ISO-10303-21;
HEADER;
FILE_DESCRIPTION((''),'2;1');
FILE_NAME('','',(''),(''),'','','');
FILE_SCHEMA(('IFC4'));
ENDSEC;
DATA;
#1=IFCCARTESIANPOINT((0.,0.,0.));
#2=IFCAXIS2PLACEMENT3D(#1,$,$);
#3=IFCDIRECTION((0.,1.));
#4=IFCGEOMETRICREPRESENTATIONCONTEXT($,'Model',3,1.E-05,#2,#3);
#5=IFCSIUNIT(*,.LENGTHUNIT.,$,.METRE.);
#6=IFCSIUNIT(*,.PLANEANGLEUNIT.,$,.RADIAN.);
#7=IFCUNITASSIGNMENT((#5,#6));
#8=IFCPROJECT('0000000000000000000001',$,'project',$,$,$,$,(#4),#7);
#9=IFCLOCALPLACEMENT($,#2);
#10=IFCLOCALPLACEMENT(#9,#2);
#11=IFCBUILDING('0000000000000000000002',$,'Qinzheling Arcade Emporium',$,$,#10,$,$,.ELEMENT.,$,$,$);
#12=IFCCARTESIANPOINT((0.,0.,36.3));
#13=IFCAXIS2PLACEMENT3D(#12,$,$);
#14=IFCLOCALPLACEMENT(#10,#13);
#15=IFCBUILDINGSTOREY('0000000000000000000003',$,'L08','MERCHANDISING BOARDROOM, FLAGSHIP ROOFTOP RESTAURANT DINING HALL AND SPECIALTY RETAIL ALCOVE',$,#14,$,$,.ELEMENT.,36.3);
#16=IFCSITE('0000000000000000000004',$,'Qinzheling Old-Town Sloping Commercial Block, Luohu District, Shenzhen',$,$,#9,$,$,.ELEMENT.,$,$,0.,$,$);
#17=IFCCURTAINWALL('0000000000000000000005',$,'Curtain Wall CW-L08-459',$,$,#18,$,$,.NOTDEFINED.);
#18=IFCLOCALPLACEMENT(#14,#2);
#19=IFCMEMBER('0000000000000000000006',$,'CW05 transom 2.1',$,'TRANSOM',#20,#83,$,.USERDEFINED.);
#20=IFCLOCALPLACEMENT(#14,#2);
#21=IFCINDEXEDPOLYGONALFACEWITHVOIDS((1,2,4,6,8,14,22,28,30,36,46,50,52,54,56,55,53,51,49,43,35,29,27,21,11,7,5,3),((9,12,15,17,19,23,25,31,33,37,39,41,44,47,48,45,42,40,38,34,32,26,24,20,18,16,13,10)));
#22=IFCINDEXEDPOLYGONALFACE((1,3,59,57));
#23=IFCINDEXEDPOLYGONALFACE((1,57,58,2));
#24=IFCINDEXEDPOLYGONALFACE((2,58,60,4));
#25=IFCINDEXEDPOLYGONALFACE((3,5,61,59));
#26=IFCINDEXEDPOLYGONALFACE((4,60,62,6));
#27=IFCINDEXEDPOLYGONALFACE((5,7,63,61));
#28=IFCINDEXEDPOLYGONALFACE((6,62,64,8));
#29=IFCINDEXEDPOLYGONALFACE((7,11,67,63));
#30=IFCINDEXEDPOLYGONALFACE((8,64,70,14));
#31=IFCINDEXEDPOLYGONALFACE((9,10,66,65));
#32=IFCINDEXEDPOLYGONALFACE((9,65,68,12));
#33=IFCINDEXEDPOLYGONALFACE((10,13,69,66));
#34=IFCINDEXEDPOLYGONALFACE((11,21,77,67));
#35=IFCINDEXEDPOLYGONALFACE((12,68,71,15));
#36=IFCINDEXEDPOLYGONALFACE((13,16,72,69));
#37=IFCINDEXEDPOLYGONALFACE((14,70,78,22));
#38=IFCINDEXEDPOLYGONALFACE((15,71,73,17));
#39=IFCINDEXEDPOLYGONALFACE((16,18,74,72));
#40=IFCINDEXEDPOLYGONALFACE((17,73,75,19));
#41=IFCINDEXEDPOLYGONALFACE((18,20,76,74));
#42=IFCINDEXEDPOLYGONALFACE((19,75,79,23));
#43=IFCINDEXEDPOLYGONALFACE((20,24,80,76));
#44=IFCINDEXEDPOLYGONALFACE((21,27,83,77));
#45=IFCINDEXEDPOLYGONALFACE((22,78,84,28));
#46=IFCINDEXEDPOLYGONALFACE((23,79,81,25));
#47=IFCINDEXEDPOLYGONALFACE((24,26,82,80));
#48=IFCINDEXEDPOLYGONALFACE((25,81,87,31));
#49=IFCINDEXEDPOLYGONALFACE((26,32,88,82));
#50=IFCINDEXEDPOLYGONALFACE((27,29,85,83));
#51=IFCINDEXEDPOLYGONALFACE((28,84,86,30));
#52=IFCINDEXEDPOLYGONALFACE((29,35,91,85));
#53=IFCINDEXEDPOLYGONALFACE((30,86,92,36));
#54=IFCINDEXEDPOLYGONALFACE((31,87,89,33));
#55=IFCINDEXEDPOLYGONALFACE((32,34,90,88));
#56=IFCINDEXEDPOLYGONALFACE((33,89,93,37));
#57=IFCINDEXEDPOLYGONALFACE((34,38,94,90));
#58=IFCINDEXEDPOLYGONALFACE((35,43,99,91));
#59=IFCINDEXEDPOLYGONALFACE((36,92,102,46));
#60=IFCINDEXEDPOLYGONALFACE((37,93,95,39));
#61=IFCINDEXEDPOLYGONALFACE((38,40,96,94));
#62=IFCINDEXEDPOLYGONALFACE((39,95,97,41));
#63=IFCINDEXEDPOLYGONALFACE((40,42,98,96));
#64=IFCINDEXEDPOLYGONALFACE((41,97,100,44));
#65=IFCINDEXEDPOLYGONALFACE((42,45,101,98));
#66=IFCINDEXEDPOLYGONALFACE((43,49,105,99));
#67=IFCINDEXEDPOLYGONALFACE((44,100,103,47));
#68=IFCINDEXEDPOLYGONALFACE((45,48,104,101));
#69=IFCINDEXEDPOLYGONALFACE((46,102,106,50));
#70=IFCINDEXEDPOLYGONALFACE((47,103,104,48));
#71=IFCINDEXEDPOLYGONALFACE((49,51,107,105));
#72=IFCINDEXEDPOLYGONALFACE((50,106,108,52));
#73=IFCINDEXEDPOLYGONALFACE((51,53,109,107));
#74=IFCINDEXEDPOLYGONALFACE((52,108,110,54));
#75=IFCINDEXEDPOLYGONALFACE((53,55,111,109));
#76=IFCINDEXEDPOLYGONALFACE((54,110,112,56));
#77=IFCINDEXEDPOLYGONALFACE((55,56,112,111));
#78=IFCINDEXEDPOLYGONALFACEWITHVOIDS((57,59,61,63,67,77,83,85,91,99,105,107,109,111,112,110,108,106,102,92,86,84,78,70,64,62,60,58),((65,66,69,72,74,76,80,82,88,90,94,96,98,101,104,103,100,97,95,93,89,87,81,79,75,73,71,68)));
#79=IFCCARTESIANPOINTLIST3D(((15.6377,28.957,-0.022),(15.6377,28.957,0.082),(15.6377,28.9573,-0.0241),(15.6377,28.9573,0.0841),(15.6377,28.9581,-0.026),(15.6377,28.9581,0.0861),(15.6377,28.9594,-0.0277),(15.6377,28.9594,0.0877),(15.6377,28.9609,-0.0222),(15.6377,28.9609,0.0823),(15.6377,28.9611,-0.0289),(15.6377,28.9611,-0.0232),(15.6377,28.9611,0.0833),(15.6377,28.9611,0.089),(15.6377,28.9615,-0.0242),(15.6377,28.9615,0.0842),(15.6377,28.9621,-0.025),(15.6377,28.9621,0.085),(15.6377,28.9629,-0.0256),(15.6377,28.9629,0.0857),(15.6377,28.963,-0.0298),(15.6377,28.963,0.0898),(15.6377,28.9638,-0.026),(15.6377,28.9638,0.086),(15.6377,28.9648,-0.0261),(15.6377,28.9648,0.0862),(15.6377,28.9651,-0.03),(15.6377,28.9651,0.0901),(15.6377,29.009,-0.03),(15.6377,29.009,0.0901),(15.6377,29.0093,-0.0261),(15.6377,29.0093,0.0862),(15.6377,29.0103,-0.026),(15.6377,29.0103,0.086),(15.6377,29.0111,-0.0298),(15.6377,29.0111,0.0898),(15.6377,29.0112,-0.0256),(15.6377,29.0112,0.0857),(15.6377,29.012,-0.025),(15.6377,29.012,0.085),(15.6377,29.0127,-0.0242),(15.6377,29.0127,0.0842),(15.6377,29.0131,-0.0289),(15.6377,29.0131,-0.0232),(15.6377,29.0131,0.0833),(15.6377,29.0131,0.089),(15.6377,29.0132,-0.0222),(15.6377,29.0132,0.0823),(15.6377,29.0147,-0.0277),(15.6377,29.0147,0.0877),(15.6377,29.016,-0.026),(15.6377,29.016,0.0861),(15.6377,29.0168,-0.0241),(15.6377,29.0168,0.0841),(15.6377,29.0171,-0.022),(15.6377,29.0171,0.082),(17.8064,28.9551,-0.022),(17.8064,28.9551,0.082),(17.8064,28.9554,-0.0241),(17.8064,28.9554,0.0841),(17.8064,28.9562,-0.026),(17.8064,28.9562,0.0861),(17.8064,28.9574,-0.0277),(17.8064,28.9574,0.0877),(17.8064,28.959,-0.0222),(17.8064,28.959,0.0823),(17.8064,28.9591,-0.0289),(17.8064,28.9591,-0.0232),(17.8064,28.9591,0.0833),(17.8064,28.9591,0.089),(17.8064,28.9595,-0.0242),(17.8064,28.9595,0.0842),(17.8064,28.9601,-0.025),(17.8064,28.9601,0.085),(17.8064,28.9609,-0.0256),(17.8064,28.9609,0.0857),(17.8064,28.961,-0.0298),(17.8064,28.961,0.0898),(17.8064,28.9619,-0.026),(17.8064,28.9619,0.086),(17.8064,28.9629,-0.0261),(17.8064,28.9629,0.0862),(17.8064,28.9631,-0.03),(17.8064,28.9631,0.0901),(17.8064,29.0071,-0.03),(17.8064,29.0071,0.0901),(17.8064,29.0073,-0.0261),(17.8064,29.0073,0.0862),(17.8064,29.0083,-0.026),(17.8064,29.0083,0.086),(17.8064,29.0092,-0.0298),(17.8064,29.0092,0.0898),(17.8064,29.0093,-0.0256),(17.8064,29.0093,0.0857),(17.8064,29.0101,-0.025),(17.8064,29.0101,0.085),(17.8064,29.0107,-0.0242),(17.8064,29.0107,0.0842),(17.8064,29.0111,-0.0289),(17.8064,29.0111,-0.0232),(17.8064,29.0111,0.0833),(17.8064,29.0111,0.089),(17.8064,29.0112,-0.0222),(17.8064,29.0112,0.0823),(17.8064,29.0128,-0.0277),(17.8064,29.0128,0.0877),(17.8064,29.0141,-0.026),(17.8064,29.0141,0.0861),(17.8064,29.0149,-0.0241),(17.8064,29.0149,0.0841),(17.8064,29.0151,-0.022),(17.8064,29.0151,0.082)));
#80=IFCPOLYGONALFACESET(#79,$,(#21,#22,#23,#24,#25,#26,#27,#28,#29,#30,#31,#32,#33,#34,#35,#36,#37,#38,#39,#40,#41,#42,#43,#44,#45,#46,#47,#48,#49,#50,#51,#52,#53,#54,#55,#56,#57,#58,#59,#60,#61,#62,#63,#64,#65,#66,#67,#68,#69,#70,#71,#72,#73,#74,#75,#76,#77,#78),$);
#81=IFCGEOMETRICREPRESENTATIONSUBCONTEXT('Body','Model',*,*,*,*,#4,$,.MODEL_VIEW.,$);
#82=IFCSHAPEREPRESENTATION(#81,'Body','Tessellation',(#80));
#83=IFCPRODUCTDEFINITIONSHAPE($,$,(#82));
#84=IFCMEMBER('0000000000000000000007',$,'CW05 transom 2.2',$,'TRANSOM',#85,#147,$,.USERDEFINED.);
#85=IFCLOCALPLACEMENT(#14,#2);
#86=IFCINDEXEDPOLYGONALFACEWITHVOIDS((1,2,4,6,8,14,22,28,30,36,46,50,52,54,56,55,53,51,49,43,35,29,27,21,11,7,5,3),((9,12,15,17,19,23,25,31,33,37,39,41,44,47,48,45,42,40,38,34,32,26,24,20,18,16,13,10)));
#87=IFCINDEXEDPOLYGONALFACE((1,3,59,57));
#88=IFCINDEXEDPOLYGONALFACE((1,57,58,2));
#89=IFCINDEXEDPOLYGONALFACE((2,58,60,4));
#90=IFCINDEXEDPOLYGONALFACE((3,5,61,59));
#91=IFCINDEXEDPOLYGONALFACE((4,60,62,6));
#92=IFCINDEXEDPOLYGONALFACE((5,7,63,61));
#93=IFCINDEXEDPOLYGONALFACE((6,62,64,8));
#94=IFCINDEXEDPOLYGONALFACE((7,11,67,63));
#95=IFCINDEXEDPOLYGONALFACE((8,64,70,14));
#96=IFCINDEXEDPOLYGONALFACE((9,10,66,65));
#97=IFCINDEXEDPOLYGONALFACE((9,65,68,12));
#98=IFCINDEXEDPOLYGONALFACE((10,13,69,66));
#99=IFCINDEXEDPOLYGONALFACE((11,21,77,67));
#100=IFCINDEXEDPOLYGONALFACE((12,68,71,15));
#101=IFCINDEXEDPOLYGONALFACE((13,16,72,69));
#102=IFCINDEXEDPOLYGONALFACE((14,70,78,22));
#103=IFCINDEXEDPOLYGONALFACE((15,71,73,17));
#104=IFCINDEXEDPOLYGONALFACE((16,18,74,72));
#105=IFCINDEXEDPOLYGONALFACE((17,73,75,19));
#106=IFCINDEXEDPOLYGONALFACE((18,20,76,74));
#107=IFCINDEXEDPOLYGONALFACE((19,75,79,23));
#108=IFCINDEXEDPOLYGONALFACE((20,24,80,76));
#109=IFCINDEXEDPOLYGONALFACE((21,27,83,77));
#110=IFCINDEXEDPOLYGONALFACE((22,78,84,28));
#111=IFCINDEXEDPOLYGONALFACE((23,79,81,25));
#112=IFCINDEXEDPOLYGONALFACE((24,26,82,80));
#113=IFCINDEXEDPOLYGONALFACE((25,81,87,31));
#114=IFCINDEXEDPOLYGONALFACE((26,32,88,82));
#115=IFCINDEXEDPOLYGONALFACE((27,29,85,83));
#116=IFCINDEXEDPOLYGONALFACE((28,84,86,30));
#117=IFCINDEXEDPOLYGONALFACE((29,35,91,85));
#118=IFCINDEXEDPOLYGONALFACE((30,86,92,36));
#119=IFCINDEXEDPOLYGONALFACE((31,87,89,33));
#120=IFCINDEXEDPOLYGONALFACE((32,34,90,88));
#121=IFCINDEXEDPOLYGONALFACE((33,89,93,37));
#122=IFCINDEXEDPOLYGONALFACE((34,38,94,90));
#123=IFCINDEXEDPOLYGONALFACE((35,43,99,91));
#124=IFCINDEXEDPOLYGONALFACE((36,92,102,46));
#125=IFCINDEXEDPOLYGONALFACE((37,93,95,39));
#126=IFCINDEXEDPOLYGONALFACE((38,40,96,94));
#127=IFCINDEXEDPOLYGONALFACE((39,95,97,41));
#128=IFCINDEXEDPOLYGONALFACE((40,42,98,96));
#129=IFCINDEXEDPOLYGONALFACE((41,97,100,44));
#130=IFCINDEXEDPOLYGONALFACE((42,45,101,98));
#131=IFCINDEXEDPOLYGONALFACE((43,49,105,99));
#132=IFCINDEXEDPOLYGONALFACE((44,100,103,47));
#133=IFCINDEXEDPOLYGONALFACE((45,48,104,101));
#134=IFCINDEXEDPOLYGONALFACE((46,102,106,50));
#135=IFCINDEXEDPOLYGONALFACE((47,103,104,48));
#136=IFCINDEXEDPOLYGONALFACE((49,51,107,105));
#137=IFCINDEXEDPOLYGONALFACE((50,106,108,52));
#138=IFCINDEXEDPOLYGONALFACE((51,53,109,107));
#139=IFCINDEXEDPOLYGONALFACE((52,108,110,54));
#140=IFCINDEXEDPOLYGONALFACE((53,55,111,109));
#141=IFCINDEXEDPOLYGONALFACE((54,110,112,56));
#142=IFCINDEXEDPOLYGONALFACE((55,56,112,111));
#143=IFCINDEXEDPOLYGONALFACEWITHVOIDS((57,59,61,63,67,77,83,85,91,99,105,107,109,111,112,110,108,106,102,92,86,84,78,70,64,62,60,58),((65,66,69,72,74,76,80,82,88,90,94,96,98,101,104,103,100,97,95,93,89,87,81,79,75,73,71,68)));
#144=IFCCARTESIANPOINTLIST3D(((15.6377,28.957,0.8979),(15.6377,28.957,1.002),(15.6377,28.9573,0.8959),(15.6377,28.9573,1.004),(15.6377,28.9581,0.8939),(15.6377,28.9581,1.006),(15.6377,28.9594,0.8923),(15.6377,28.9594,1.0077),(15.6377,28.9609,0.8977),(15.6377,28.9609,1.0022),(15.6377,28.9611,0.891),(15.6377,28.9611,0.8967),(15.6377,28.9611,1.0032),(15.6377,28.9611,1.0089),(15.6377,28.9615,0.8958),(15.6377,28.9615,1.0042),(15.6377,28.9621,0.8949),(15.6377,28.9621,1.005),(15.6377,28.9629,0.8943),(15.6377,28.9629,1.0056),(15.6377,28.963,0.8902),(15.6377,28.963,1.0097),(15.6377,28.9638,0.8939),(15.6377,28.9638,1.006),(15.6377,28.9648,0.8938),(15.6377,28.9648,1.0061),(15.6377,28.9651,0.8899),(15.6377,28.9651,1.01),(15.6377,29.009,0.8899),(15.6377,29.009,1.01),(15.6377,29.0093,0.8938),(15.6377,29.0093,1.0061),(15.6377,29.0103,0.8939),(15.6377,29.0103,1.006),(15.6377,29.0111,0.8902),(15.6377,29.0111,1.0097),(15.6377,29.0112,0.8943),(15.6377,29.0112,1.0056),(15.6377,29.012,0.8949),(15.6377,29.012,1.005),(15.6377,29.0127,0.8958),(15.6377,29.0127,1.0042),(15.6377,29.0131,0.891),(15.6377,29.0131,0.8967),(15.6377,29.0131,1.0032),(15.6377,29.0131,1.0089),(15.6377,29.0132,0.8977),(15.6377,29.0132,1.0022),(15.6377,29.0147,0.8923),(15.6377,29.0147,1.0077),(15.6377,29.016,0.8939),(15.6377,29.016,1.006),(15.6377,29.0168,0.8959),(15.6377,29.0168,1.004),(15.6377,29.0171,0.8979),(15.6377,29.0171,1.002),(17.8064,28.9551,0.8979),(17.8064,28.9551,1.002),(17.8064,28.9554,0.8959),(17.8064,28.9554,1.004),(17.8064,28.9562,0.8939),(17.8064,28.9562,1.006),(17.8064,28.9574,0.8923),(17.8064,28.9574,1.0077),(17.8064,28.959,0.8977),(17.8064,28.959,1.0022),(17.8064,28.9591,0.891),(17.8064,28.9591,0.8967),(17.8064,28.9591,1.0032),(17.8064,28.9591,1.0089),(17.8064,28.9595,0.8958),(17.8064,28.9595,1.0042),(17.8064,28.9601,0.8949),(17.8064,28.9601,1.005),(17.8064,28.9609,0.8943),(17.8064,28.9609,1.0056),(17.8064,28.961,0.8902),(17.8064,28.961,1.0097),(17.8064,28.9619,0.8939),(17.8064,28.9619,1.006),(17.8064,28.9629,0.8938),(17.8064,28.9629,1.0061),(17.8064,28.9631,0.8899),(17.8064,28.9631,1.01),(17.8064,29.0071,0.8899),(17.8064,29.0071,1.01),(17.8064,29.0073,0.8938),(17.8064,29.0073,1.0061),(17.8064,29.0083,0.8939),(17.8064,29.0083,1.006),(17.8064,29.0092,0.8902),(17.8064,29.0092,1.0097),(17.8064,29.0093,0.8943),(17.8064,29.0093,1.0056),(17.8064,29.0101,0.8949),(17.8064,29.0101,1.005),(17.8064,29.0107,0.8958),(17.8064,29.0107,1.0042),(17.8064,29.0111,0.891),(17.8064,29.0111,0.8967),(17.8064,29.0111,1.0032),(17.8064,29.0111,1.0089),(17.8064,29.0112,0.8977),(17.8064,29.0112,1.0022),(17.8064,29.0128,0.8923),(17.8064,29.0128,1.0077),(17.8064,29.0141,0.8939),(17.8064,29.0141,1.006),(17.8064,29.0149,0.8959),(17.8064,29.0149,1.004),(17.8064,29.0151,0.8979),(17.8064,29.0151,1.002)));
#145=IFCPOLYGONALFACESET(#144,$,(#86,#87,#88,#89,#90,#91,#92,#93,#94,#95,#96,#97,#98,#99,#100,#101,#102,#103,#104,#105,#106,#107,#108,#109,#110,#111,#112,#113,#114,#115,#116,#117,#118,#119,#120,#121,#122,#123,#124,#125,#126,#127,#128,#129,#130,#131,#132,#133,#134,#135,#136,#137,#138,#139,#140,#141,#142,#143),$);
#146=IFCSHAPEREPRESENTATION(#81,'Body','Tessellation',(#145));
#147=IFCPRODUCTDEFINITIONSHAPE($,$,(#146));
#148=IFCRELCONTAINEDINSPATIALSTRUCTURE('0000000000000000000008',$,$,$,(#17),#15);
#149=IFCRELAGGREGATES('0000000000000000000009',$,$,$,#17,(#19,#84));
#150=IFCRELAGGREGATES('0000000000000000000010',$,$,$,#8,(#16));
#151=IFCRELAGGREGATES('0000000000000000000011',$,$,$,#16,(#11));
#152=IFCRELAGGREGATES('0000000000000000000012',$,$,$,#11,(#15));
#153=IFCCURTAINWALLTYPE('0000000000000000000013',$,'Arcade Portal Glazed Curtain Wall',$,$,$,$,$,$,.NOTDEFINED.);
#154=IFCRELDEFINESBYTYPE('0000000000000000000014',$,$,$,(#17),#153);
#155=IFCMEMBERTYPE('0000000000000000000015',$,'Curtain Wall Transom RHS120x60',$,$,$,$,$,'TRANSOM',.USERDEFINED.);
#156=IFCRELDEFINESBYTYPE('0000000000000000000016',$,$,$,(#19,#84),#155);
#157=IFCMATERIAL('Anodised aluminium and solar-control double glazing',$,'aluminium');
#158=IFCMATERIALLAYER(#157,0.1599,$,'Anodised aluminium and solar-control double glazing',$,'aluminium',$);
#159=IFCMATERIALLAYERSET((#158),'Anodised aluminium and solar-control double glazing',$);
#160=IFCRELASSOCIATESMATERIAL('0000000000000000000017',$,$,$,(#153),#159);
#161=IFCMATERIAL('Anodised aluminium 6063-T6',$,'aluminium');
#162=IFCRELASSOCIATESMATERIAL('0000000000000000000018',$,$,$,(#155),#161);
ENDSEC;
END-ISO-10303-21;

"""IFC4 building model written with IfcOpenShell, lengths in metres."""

from ifc_helpers import new_model, si_unit, direction, frame, origin, origin_2d, place, context, subcontext, project, spatial, hollow_rectangle, extrude, material, layer, layer_set, material_profile, profile_set, type_object, element, aggregate, save


model = new_model("IFC4")

# Units and contexts
model_context = context("Model", 3, precision=1e-05, world=origin(), true_north=direction((0.0, 1.0)))
body_context = subcontext(model_context, "Body", "Model", "MODEL_VIEW")
ifc_project = project(units=[si_unit("LENGTHUNIT", "METRE"), si_unit("PLANEANGLEUNIT", "RADIAN")], contexts=[model_context])

# Site, building, storey
site_placement = place(None, origin())
site = spatial("IfcSite", under=ifc_project, at=site_placement, Name="Qinzheling Old-Town Sloping Commercial Block, Luohu District, Shenzhen", CompositionType="ELEMENT", RefElevation=0.0)
building_placement = place(site_placement, origin())
building = spatial("IfcBuilding", under=site, at=building_placement, Name="Qinzheling Arcade Emporium", CompositionType="ELEMENT")
storey_placement = place(building_placement, frame((0.0, 0.0, 36.3)))
storey = spatial("IfcBuildingStorey", under=building, at=storey_placement, Name="L08", Description="MERCHANDISING BOARDROOM, FLAGSHIP ROOFTOP RESTAURANT DINING HALL AND SPECIALTY RETAIL ALCOVE", CompositionType="ELEMENT", Elevation=36.3)

# Shared definitions
ifc_material_1 = material(Name="Anodised aluminium and solar-control double glazing", Category="aluminium")
ifc_material_2 = material(Name="Anodised aluminium 6063-T6", Category="aluminium")

# Curtain wall
ifc_layer_1 = layer(ifc_material_1, 0.1599, Name="Anodised aluminium and solar-control double glazing", Category="aluminium")
ifc_layer_set_1 = layer_set([ifc_layer_1], Name="Anodised aluminium and solar-control double glazing")
curtain_wall_type_1 = type_object("IfcCurtainWallType", Name="Arcade Portal Glazed Curtain Wall", PredefinedType="NOTDEFINED", material=ifc_layer_set_1)
curtain_wall_1_placement = place(storey_placement, origin())
curtain_wall_1 = element("IfcCurtainWall", 1, at=curtain_wall_1_placement, inside=storey, type_object=curtain_wall_type_1, Name="Curtain Wall CW-L08-459", PredefinedType="NOTDEFINED")

# Members
ifc_material_profile_1 = material_profile(ifc_material_2, hollow_rectangle(XDim=0.0601, YDim=0.1201, WallThickness=0.0039, InnerFilletRadius=0.0039, OuterFilletRadius=0.0081, at=origin_2d()), Name="RHS 120x60x4", Category="aluminium")
ifc_profile_set_1 = profile_set([ifc_material_profile_1], Name="Anodised aluminium 6063-T6")
member_type_1 = type_object("IfcMemberType", Name="Curtain Wall Transom RHS120x60", ElementType="TRANSOM", PredefinedType="USERDEFINED", material=ifc_profile_set_1)
member_1_placement = place(storey_placement, frame((17.8064, 28.9851, 0.03), z_axis=(-1.0, 0.000901, 0.0), x_axis=(-0.000901, -1.0, 0.0)))
member_1 = element("IfcMember", 2, at=member_1_placement, type_object=member_type_1, Name="CW05 transom 2.1", ObjectType="TRANSOM", PredefinedType="USERDEFINED", context=body_context, shape_type="SweptSolid", body=[
    extrude(hollow_rectangle(XDim=0.0601, YDim=0.1201, WallThickness=0.0039, InnerFilletRadius=0.0039, OuterFilletRadius=0.0081, at=origin_2d()), origin(), (0.0, 0.0, 1.0), 2.1687),
])
member_2_placement = place(storey_placement, frame((17.8064, 28.9851, 0.95), z_axis=(-1.0, 0.000901, 0.0), x_axis=(-0.000901, -1.0, 0.0)))
member_2 = element("IfcMember", 3, at=member_2_placement, type_object=member_type_1, Name="CW05 transom 2.2", ObjectType="TRANSOM", PredefinedType="USERDEFINED", context=body_context, shape_type="SweptSolid", body=[
    extrude(hollow_rectangle(XDim=0.0601, YDim=0.1201, WallThickness=0.0039, InnerFilletRadius=0.0039, OuterFilletRadius=0.0081, at=origin_2d()), origin(), (0.0, 0.0, 1.0), 2.1687),
])

aggregate(curtain_wall_1, [member_1, member_2])

save(model, "model.ifc")
